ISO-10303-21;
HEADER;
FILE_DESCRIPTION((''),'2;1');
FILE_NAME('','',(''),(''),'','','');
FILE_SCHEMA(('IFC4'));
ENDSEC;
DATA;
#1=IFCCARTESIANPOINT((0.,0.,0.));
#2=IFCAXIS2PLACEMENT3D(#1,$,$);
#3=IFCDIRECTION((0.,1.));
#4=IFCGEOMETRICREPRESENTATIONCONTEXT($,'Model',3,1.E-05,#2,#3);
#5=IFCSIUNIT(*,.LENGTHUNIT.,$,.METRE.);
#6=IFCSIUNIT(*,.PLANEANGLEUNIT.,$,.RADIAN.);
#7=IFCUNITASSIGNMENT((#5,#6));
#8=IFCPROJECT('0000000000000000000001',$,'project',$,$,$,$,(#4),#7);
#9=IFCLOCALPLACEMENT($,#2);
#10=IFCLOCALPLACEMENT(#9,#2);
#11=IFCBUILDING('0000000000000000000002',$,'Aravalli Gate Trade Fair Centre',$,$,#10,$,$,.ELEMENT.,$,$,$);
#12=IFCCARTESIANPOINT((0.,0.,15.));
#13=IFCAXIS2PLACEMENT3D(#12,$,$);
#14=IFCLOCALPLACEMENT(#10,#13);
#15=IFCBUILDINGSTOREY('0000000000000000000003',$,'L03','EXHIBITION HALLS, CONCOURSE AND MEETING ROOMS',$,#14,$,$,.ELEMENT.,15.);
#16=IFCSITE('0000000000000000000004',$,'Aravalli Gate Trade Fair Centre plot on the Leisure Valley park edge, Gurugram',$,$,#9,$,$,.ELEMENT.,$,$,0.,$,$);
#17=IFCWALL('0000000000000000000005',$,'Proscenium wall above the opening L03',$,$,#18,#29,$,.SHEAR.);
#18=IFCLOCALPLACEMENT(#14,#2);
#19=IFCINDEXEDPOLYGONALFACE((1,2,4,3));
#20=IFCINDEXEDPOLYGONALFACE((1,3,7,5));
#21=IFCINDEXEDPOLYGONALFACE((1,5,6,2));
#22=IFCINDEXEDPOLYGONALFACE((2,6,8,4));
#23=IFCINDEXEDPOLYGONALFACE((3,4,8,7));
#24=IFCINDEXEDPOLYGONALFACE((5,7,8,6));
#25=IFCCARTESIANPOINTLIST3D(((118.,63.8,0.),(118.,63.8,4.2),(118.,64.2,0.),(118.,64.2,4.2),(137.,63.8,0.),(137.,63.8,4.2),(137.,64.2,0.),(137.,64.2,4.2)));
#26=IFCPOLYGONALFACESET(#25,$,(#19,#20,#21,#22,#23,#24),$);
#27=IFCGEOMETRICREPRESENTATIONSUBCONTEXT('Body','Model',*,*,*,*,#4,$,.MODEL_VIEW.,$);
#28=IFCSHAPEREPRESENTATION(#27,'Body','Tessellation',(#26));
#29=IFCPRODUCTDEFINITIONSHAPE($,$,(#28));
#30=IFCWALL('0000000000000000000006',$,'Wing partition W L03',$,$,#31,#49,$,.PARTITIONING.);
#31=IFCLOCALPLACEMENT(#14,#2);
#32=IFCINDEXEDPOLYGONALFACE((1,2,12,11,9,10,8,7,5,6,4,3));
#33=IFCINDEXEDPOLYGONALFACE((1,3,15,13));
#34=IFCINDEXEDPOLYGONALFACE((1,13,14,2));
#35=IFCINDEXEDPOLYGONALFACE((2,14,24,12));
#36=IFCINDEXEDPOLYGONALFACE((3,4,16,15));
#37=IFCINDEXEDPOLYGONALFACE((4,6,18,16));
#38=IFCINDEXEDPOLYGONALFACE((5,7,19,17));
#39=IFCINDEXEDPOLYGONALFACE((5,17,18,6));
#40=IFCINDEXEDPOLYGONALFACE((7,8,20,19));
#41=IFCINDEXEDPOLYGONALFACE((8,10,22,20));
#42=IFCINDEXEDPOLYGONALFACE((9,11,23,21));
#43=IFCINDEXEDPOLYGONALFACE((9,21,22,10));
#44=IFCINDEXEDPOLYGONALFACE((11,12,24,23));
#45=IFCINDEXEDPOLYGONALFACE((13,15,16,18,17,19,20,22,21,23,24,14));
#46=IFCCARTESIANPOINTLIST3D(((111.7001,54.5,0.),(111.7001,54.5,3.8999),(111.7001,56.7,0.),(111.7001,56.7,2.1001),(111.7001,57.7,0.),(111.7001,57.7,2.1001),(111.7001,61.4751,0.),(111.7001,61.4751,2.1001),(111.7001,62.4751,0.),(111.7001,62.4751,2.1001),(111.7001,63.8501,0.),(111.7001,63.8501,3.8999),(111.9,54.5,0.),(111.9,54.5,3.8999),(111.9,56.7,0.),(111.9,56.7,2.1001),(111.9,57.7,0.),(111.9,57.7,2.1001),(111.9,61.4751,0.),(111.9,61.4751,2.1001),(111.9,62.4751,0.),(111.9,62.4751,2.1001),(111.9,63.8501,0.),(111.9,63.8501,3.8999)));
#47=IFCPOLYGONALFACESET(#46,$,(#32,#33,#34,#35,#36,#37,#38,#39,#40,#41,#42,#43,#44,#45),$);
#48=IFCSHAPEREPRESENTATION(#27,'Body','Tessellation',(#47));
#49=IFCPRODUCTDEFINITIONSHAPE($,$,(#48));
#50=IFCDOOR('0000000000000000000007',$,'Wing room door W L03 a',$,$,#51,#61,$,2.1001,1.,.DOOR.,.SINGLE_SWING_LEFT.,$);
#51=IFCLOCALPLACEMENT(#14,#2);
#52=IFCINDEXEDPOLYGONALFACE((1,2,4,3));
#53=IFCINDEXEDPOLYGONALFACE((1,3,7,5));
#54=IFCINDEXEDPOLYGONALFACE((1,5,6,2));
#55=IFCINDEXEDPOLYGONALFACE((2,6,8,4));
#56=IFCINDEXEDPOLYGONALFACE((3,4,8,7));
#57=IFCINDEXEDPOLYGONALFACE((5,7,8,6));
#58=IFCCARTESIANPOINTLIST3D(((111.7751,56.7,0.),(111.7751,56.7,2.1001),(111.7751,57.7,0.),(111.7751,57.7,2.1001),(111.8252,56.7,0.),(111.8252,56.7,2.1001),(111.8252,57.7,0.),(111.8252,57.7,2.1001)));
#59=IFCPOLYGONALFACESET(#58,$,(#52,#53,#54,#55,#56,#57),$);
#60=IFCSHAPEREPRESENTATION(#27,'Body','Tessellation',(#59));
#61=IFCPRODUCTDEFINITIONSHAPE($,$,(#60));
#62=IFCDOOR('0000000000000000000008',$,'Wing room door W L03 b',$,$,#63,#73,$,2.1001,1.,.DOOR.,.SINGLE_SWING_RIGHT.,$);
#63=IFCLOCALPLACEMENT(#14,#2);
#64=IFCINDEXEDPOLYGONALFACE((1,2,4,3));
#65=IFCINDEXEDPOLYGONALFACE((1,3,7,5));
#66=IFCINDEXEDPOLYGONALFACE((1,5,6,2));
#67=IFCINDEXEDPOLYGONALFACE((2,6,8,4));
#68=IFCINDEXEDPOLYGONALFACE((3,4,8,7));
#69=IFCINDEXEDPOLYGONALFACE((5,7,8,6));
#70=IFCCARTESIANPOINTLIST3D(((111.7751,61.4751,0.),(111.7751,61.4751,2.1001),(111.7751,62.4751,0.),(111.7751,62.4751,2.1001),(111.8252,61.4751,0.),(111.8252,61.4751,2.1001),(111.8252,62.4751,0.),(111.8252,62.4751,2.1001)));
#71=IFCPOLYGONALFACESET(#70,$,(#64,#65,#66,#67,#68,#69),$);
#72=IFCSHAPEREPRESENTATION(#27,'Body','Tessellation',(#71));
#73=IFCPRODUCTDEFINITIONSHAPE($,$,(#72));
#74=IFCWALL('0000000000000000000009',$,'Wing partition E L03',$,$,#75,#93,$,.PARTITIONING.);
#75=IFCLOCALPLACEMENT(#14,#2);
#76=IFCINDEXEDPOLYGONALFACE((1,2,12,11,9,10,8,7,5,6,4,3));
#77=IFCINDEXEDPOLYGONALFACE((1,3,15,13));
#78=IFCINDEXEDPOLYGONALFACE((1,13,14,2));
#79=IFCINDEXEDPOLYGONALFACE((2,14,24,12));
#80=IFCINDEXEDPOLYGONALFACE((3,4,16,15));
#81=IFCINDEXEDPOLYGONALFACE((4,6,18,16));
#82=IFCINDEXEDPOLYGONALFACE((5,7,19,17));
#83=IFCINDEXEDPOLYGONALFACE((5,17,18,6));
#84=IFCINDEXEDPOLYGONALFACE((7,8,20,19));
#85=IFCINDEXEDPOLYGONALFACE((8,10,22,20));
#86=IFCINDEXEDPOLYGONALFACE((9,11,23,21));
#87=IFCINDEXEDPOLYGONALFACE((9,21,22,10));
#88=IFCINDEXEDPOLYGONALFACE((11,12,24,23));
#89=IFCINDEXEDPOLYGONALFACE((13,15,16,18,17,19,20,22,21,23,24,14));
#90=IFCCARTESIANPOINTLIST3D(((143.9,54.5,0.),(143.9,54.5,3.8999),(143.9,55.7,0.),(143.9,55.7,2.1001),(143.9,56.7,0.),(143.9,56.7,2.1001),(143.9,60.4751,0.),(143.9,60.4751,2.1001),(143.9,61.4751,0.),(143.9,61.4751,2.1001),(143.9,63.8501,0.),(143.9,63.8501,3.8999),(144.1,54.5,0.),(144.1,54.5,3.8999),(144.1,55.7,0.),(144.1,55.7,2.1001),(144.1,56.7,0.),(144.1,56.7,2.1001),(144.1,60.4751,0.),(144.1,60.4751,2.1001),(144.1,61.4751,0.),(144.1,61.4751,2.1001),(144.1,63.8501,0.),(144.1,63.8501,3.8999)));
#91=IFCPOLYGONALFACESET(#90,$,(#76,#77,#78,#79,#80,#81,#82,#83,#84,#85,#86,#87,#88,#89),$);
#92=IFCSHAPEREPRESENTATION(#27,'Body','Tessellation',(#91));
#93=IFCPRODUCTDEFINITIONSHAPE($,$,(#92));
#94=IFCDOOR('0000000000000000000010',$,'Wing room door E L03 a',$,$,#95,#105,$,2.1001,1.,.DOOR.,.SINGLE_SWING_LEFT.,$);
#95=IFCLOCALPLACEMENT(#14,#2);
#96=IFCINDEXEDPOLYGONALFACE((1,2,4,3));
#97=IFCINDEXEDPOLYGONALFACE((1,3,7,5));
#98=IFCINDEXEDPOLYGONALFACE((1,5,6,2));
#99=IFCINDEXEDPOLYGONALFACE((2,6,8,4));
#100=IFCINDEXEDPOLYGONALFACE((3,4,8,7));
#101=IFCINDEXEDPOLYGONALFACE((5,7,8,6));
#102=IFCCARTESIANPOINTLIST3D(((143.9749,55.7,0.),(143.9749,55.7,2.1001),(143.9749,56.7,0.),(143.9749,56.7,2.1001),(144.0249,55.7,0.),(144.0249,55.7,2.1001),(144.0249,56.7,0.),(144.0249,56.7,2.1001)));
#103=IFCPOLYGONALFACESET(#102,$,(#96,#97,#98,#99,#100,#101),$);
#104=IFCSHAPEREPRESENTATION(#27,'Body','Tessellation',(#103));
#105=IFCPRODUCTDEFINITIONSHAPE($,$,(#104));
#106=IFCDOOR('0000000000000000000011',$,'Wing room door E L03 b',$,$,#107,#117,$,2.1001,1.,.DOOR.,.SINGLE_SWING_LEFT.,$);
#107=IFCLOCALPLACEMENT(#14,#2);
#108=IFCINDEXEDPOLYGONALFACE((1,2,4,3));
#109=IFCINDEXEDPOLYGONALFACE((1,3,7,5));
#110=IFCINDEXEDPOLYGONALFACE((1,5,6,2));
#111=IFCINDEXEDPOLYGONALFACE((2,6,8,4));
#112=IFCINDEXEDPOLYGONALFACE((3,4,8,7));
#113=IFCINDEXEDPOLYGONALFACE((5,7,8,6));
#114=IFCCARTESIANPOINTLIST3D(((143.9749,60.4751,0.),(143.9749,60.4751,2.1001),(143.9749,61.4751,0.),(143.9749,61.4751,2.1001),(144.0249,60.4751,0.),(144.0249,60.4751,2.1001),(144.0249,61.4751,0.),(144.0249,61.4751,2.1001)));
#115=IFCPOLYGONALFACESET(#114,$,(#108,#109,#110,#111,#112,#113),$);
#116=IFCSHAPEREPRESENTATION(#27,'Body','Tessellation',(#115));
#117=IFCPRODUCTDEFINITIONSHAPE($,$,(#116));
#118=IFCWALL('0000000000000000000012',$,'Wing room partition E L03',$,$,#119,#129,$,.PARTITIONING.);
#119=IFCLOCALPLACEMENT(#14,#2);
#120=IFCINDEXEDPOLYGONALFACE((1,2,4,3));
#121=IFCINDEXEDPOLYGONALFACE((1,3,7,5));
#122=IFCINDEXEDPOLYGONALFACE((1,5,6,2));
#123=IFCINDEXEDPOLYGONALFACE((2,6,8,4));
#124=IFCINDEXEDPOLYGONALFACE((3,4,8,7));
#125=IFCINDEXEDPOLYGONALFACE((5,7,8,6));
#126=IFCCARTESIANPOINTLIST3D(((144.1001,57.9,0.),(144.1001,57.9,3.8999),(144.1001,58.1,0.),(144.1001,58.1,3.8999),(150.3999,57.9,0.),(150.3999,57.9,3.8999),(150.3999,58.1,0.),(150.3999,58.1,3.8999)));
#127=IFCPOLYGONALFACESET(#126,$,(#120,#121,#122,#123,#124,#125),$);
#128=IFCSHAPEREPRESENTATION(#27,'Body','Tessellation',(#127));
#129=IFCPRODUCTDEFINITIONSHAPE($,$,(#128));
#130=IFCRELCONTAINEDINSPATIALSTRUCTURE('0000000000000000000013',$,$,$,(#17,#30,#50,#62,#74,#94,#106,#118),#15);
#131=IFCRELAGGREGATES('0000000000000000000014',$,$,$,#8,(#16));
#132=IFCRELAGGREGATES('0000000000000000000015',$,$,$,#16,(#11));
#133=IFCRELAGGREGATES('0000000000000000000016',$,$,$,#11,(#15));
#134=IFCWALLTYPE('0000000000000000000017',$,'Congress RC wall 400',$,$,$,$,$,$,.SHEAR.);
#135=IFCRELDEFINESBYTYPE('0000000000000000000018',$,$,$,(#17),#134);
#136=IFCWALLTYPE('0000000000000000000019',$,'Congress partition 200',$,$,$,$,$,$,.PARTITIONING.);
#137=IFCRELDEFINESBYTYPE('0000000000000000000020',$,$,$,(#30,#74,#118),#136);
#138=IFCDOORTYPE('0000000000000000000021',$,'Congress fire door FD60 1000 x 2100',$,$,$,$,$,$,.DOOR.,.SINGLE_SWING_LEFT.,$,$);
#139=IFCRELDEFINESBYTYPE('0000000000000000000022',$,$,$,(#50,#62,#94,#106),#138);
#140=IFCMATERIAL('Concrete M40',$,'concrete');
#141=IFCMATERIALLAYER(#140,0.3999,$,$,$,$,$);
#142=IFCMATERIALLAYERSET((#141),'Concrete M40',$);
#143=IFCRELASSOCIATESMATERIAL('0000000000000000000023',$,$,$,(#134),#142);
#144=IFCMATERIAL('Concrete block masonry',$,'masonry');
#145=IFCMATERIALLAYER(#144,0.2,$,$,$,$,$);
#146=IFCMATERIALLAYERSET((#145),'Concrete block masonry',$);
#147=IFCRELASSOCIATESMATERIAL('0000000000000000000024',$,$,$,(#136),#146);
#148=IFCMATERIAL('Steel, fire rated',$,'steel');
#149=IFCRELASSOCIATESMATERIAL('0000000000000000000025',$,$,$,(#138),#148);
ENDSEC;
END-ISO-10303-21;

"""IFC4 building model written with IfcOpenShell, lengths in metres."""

from ifc_helpers import new_model, si_unit, direction, frame, frame_2d, origin, place, context, subcontext, project, spatial, rectangle, extrude, material, layer, layer_set, type_object, element, fill, save


model = new_model("IFC4")

# Units and contexts
model_context = context("Model", 3, precision=1e-05, world=origin(), true_north=direction((0.0, 1.0)))
body_context = subcontext(model_context, "Body", "Model", "MODEL_VIEW")
ifc_project = project(units=[si_unit("LENGTHUNIT", "METRE"), si_unit("PLANEANGLEUNIT", "RADIAN")], contexts=[model_context])

# Site, building, storey
site_placement = place(None, origin())
site = spatial("IfcSite", under=ifc_project, at=site_placement, Name="Aravalli Gate Trade Fair Centre plot on the Leisure Valley park edge, Gurugram", CompositionType="ELEMENT", RefElevation=0.0)
building_placement = place(site_placement, origin())
building = spatial("IfcBuilding", under=site, at=building_placement, Name="Aravalli Gate Trade Fair Centre", CompositionType="ELEMENT")
storey_placement = place(building_placement, frame((0.0, 0.0, 15.0)))
storey = spatial("IfcBuildingStorey", under=building, at=storey_placement, Name="L03", Description="EXHIBITION HALLS, CONCOURSE AND MEETING ROOMS", CompositionType="ELEMENT", Elevation=15.0)

# Shared definitions
ifc_material_1 = material(Name="Concrete M40", Category="concrete")

# Wall
ifc_layer_1 = layer(ifc_material_1, 0.3999)
ifc_layer_set_1 = layer_set([ifc_layer_1], Name="Concrete M40")
wall_type_1 = type_object("IfcWallType", Name="Congress RC wall 400", PredefinedType="SHEAR", material=ifc_layer_set_1)
wall_1_placement = place(storey_placement, frame((118.0, 64.0, 0.0), z_axis=(0.0, 0.0, 1.0), x_axis=(1.0, 0.0, 0.0)))
element("IfcWall", 1, at=wall_1_placement, inside=storey, type_object=wall_type_1, Name="Proscenium wall above the opening L03", PredefinedType="SHEAR", context=body_context, shape_type="SweptSolid", body=[
    extrude(rectangle(XDim=19.0, YDim=0.3999, at=frame_2d((9.5, 0.0))), origin(), (0.0, 0.0, 1.0), 4.2),
])

# Walls, openings, doors
ifc_material_2 = material(Name="Concrete block masonry", Category="masonry")
ifc_layer_2 = layer(ifc_material_2, 0.2)
ifc_layer_set_2 = layer_set([ifc_layer_2], Name="Concrete block masonry")
wall_type_2 = type_object("IfcWallType", Name="Congress partition 200", PredefinedType="PARTITIONING", material=ifc_layer_set_2)
wall_2_placement = place(storey_placement, frame((111.8, 54.5, 0.0), z_axis=(0.0, 0.0, 1.0), x_axis=(0.0, 1.0, 0.0)))
wall_2 = element("IfcWall", 2, at=wall_2_placement, inside=storey, type_object=wall_type_2, Name="Wing partition W L03", PredefinedType="PARTITIONING", context=body_context, shape_type="SweptSolid", body=[
    extrude(rectangle(XDim=9.3501, YDim=0.2, at=frame_2d((4.675, 0.0))), origin(), (0.0, 0.0, 1.0), 3.8999),
])
opening_1_placement = place(wall_2_placement, frame((2.2, 0.0, 0.0)))
opening_1 = element("IfcOpeningElement", 3, at=opening_1_placement, cuts=wall_2, PredefinedType="OPENING", context=body_context, shape_type="SweptSolid", body=[
    extrude(rectangle(XDim=1.0, YDim=2.1001, at=frame_2d((0.5, 1.05))), frame((0.0, 0.1099, 0.0), z_axis=(0.0, -1.0, 0.0), x_axis=(1.0, 0.0, 0.0)), (0.0, 0.0, 1.0), 0.22),
])
opening_2_placement = place(wall_2_placement, frame((6.9751, 0.0, 0.0)))
opening_2 = element("IfcOpeningElement", 4, at=opening_2_placement, cuts=wall_2, PredefinedType="OPENING", context=body_context, shape_type="SweptSolid", body=[
    extrude(rectangle(XDim=1.0, YDim=2.1001, at=frame_2d((0.5, 1.05))), frame((0.0, 0.1099, 0.0), z_axis=(0.0, -1.0, 0.0), x_axis=(1.0, 0.0, 0.0)), (0.0, 0.0, 1.0), 0.22),
])
ifc_material_3 = material(Name="Steel, fire rated", Category="steel")
door_type_1 = type_object("IfcDoorType", Name="Congress fire door FD60 1000 x 2100", OperationType="SINGLE_SWING_LEFT", PredefinedType="DOOR", material=ifc_material_3)
door_1_placement = place(opening_1_placement, origin())
door_1 = element("IfcDoor", 5, at=door_1_placement, inside=storey, type_object=door_type_1, Name="Wing room door W L03 a", OperationType="SINGLE_SWING_LEFT", OverallHeight=2.1001, OverallWidth=1.0, PredefinedType="DOOR", context=body_context, shape_type="SweptSolid", body=[
    extrude(rectangle(XDim=1.0, YDim=2.1001, at=frame_2d((0.5, 1.05))), frame((0.0, 0.0249, 0.0), z_axis=(0.0, -1.0, 0.0), x_axis=(1.0, 0.0, 0.0)), (0.0, 0.0, 1.0), 0.05),
])
fill(opening_1, door_1)
door_2_placement = place(opening_2_placement, origin())
door_2 = element("IfcDoor", 6, at=door_2_placement, inside=storey, type_object=door_type_1, Name="Wing room door W L03 b", OperationType="SINGLE_SWING_RIGHT", OverallHeight=2.1001, OverallWidth=1.0, PredefinedType="DOOR", context=body_context, shape_type="SweptSolid", body=[
    extrude(rectangle(XDim=1.0, YDim=2.1001, at=frame_2d((0.5, 1.05))), frame((0.0, 0.0249, 0.0), z_axis=(0.0, -1.0, 0.0), x_axis=(1.0, 0.0, 0.0)), (0.0, 0.0, 1.0), 0.05),
])
fill(opening_2, door_2)
wall_3_placement = place(storey_placement, frame((144.0, 54.5, 0.0), z_axis=(0.0, 0.0, 1.0), x_axis=(0.0, 1.0, 0.0)))
wall_3 = element("IfcWall", 7, at=wall_3_placement, inside=storey, type_object=wall_type_2, Name="Wing partition E L03", PredefinedType="PARTITIONING", context=body_context, shape_type="SweptSolid", body=[
    extrude(rectangle(XDim=9.3501, YDim=0.2, at=frame_2d((4.675, 0.0))), origin(), (0.0, 0.0, 1.0), 3.8999),
])
opening_3_placement = place(wall_3_placement, frame((1.2, 0.0, 0.0)))
opening_3 = element("IfcOpeningElement", 8, at=opening_3_placement, cuts=wall_3, PredefinedType="OPENING", context=body_context, shape_type="SweptSolid", body=[
    extrude(rectangle(XDim=1.0, YDim=2.1001, at=frame_2d((0.5, 1.05))), frame((0.0, 0.1099, 0.0), z_axis=(0.0, -1.0, 0.0), x_axis=(1.0, 0.0, 0.0)), (0.0, 0.0, 1.0), 0.22),
])
opening_4_placement = place(wall_3_placement, frame((5.9751, 0.0, 0.0)))
opening_4 = element("IfcOpeningElement", 9, at=opening_4_placement, cuts=wall_3, PredefinedType="OPENING", context=body_context, shape_type="SweptSolid", body=[
    extrude(rectangle(XDim=1.0, YDim=2.1001, at=frame_2d((0.5, 1.05))), frame((0.0, 0.1099, 0.0), z_axis=(0.0, -1.0, 0.0), x_axis=(1.0, 0.0, 0.0)), (0.0, 0.0, 1.0), 0.22),
])
door_3_placement = place(opening_3_placement, frame((1.0, 0.0, 0.0), z_axis=(0.0, 0.0, 1.0), x_axis=(-1.0, 0.0, 0.0)))
door_3 = element("IfcDoor", 10, at=door_3_placement, inside=storey, type_object=door_type_1, Name="Wing room door E L03 a", OperationType="SINGLE_SWING_LEFT", OverallHeight=2.1001, OverallWidth=1.0, PredefinedType="DOOR", context=body_context, shape_type="SweptSolid", body=[
    extrude(rectangle(XDim=1.0, YDim=2.1001, at=frame_2d((0.5, 1.05))), frame((0.0, 0.0249, 0.0), z_axis=(0.0, -1.0, 0.0), x_axis=(1.0, 0.0, 0.0)), (0.0, 0.0, 1.0), 0.05),
])
fill(opening_3, door_3)
door_4_placement = place(opening_4_placement, frame((1.0, 0.0, 0.0), z_axis=(0.0, 0.0, 1.0), x_axis=(-1.0, 0.0, 0.0)))
door_4 = element("IfcDoor", 11, at=door_4_placement, inside=storey, type_object=door_type_1, Name="Wing room door E L03 b", OperationType="SINGLE_SWING_LEFT", OverallHeight=2.1001, OverallWidth=1.0, PredefinedType="DOOR", context=body_context, shape_type="SweptSolid", body=[
    extrude(rectangle(XDim=1.0, YDim=2.1001, at=frame_2d((0.5, 1.05))), frame((0.0, 0.0249, 0.0), z_axis=(0.0, -1.0, 0.0), x_axis=(1.0, 0.0, 0.0)), (0.0, 0.0, 1.0), 0.05),
])
fill(opening_4, door_4)

# Wall
wall_4_placement = place(storey_placement, frame((144.1001, 58.0, 0.0), z_axis=(0.0, 0.0, 1.0), x_axis=(1.0, 0.0, 0.0)))
element("IfcWall", 12, at=wall_4_placement, inside=storey, type_object=wall_type_2, Name="Wing room partition E L03", PredefinedType="PARTITIONING", context=body_context, shape_type="SweptSolid", body=[
    extrude(rectangle(XDim=6.2998, YDim=0.2, at=frame_2d((3.1499, 0.0))), origin(), (0.0, 0.0, 1.0), 3.8999),
])

save(model, "model.ifc")
